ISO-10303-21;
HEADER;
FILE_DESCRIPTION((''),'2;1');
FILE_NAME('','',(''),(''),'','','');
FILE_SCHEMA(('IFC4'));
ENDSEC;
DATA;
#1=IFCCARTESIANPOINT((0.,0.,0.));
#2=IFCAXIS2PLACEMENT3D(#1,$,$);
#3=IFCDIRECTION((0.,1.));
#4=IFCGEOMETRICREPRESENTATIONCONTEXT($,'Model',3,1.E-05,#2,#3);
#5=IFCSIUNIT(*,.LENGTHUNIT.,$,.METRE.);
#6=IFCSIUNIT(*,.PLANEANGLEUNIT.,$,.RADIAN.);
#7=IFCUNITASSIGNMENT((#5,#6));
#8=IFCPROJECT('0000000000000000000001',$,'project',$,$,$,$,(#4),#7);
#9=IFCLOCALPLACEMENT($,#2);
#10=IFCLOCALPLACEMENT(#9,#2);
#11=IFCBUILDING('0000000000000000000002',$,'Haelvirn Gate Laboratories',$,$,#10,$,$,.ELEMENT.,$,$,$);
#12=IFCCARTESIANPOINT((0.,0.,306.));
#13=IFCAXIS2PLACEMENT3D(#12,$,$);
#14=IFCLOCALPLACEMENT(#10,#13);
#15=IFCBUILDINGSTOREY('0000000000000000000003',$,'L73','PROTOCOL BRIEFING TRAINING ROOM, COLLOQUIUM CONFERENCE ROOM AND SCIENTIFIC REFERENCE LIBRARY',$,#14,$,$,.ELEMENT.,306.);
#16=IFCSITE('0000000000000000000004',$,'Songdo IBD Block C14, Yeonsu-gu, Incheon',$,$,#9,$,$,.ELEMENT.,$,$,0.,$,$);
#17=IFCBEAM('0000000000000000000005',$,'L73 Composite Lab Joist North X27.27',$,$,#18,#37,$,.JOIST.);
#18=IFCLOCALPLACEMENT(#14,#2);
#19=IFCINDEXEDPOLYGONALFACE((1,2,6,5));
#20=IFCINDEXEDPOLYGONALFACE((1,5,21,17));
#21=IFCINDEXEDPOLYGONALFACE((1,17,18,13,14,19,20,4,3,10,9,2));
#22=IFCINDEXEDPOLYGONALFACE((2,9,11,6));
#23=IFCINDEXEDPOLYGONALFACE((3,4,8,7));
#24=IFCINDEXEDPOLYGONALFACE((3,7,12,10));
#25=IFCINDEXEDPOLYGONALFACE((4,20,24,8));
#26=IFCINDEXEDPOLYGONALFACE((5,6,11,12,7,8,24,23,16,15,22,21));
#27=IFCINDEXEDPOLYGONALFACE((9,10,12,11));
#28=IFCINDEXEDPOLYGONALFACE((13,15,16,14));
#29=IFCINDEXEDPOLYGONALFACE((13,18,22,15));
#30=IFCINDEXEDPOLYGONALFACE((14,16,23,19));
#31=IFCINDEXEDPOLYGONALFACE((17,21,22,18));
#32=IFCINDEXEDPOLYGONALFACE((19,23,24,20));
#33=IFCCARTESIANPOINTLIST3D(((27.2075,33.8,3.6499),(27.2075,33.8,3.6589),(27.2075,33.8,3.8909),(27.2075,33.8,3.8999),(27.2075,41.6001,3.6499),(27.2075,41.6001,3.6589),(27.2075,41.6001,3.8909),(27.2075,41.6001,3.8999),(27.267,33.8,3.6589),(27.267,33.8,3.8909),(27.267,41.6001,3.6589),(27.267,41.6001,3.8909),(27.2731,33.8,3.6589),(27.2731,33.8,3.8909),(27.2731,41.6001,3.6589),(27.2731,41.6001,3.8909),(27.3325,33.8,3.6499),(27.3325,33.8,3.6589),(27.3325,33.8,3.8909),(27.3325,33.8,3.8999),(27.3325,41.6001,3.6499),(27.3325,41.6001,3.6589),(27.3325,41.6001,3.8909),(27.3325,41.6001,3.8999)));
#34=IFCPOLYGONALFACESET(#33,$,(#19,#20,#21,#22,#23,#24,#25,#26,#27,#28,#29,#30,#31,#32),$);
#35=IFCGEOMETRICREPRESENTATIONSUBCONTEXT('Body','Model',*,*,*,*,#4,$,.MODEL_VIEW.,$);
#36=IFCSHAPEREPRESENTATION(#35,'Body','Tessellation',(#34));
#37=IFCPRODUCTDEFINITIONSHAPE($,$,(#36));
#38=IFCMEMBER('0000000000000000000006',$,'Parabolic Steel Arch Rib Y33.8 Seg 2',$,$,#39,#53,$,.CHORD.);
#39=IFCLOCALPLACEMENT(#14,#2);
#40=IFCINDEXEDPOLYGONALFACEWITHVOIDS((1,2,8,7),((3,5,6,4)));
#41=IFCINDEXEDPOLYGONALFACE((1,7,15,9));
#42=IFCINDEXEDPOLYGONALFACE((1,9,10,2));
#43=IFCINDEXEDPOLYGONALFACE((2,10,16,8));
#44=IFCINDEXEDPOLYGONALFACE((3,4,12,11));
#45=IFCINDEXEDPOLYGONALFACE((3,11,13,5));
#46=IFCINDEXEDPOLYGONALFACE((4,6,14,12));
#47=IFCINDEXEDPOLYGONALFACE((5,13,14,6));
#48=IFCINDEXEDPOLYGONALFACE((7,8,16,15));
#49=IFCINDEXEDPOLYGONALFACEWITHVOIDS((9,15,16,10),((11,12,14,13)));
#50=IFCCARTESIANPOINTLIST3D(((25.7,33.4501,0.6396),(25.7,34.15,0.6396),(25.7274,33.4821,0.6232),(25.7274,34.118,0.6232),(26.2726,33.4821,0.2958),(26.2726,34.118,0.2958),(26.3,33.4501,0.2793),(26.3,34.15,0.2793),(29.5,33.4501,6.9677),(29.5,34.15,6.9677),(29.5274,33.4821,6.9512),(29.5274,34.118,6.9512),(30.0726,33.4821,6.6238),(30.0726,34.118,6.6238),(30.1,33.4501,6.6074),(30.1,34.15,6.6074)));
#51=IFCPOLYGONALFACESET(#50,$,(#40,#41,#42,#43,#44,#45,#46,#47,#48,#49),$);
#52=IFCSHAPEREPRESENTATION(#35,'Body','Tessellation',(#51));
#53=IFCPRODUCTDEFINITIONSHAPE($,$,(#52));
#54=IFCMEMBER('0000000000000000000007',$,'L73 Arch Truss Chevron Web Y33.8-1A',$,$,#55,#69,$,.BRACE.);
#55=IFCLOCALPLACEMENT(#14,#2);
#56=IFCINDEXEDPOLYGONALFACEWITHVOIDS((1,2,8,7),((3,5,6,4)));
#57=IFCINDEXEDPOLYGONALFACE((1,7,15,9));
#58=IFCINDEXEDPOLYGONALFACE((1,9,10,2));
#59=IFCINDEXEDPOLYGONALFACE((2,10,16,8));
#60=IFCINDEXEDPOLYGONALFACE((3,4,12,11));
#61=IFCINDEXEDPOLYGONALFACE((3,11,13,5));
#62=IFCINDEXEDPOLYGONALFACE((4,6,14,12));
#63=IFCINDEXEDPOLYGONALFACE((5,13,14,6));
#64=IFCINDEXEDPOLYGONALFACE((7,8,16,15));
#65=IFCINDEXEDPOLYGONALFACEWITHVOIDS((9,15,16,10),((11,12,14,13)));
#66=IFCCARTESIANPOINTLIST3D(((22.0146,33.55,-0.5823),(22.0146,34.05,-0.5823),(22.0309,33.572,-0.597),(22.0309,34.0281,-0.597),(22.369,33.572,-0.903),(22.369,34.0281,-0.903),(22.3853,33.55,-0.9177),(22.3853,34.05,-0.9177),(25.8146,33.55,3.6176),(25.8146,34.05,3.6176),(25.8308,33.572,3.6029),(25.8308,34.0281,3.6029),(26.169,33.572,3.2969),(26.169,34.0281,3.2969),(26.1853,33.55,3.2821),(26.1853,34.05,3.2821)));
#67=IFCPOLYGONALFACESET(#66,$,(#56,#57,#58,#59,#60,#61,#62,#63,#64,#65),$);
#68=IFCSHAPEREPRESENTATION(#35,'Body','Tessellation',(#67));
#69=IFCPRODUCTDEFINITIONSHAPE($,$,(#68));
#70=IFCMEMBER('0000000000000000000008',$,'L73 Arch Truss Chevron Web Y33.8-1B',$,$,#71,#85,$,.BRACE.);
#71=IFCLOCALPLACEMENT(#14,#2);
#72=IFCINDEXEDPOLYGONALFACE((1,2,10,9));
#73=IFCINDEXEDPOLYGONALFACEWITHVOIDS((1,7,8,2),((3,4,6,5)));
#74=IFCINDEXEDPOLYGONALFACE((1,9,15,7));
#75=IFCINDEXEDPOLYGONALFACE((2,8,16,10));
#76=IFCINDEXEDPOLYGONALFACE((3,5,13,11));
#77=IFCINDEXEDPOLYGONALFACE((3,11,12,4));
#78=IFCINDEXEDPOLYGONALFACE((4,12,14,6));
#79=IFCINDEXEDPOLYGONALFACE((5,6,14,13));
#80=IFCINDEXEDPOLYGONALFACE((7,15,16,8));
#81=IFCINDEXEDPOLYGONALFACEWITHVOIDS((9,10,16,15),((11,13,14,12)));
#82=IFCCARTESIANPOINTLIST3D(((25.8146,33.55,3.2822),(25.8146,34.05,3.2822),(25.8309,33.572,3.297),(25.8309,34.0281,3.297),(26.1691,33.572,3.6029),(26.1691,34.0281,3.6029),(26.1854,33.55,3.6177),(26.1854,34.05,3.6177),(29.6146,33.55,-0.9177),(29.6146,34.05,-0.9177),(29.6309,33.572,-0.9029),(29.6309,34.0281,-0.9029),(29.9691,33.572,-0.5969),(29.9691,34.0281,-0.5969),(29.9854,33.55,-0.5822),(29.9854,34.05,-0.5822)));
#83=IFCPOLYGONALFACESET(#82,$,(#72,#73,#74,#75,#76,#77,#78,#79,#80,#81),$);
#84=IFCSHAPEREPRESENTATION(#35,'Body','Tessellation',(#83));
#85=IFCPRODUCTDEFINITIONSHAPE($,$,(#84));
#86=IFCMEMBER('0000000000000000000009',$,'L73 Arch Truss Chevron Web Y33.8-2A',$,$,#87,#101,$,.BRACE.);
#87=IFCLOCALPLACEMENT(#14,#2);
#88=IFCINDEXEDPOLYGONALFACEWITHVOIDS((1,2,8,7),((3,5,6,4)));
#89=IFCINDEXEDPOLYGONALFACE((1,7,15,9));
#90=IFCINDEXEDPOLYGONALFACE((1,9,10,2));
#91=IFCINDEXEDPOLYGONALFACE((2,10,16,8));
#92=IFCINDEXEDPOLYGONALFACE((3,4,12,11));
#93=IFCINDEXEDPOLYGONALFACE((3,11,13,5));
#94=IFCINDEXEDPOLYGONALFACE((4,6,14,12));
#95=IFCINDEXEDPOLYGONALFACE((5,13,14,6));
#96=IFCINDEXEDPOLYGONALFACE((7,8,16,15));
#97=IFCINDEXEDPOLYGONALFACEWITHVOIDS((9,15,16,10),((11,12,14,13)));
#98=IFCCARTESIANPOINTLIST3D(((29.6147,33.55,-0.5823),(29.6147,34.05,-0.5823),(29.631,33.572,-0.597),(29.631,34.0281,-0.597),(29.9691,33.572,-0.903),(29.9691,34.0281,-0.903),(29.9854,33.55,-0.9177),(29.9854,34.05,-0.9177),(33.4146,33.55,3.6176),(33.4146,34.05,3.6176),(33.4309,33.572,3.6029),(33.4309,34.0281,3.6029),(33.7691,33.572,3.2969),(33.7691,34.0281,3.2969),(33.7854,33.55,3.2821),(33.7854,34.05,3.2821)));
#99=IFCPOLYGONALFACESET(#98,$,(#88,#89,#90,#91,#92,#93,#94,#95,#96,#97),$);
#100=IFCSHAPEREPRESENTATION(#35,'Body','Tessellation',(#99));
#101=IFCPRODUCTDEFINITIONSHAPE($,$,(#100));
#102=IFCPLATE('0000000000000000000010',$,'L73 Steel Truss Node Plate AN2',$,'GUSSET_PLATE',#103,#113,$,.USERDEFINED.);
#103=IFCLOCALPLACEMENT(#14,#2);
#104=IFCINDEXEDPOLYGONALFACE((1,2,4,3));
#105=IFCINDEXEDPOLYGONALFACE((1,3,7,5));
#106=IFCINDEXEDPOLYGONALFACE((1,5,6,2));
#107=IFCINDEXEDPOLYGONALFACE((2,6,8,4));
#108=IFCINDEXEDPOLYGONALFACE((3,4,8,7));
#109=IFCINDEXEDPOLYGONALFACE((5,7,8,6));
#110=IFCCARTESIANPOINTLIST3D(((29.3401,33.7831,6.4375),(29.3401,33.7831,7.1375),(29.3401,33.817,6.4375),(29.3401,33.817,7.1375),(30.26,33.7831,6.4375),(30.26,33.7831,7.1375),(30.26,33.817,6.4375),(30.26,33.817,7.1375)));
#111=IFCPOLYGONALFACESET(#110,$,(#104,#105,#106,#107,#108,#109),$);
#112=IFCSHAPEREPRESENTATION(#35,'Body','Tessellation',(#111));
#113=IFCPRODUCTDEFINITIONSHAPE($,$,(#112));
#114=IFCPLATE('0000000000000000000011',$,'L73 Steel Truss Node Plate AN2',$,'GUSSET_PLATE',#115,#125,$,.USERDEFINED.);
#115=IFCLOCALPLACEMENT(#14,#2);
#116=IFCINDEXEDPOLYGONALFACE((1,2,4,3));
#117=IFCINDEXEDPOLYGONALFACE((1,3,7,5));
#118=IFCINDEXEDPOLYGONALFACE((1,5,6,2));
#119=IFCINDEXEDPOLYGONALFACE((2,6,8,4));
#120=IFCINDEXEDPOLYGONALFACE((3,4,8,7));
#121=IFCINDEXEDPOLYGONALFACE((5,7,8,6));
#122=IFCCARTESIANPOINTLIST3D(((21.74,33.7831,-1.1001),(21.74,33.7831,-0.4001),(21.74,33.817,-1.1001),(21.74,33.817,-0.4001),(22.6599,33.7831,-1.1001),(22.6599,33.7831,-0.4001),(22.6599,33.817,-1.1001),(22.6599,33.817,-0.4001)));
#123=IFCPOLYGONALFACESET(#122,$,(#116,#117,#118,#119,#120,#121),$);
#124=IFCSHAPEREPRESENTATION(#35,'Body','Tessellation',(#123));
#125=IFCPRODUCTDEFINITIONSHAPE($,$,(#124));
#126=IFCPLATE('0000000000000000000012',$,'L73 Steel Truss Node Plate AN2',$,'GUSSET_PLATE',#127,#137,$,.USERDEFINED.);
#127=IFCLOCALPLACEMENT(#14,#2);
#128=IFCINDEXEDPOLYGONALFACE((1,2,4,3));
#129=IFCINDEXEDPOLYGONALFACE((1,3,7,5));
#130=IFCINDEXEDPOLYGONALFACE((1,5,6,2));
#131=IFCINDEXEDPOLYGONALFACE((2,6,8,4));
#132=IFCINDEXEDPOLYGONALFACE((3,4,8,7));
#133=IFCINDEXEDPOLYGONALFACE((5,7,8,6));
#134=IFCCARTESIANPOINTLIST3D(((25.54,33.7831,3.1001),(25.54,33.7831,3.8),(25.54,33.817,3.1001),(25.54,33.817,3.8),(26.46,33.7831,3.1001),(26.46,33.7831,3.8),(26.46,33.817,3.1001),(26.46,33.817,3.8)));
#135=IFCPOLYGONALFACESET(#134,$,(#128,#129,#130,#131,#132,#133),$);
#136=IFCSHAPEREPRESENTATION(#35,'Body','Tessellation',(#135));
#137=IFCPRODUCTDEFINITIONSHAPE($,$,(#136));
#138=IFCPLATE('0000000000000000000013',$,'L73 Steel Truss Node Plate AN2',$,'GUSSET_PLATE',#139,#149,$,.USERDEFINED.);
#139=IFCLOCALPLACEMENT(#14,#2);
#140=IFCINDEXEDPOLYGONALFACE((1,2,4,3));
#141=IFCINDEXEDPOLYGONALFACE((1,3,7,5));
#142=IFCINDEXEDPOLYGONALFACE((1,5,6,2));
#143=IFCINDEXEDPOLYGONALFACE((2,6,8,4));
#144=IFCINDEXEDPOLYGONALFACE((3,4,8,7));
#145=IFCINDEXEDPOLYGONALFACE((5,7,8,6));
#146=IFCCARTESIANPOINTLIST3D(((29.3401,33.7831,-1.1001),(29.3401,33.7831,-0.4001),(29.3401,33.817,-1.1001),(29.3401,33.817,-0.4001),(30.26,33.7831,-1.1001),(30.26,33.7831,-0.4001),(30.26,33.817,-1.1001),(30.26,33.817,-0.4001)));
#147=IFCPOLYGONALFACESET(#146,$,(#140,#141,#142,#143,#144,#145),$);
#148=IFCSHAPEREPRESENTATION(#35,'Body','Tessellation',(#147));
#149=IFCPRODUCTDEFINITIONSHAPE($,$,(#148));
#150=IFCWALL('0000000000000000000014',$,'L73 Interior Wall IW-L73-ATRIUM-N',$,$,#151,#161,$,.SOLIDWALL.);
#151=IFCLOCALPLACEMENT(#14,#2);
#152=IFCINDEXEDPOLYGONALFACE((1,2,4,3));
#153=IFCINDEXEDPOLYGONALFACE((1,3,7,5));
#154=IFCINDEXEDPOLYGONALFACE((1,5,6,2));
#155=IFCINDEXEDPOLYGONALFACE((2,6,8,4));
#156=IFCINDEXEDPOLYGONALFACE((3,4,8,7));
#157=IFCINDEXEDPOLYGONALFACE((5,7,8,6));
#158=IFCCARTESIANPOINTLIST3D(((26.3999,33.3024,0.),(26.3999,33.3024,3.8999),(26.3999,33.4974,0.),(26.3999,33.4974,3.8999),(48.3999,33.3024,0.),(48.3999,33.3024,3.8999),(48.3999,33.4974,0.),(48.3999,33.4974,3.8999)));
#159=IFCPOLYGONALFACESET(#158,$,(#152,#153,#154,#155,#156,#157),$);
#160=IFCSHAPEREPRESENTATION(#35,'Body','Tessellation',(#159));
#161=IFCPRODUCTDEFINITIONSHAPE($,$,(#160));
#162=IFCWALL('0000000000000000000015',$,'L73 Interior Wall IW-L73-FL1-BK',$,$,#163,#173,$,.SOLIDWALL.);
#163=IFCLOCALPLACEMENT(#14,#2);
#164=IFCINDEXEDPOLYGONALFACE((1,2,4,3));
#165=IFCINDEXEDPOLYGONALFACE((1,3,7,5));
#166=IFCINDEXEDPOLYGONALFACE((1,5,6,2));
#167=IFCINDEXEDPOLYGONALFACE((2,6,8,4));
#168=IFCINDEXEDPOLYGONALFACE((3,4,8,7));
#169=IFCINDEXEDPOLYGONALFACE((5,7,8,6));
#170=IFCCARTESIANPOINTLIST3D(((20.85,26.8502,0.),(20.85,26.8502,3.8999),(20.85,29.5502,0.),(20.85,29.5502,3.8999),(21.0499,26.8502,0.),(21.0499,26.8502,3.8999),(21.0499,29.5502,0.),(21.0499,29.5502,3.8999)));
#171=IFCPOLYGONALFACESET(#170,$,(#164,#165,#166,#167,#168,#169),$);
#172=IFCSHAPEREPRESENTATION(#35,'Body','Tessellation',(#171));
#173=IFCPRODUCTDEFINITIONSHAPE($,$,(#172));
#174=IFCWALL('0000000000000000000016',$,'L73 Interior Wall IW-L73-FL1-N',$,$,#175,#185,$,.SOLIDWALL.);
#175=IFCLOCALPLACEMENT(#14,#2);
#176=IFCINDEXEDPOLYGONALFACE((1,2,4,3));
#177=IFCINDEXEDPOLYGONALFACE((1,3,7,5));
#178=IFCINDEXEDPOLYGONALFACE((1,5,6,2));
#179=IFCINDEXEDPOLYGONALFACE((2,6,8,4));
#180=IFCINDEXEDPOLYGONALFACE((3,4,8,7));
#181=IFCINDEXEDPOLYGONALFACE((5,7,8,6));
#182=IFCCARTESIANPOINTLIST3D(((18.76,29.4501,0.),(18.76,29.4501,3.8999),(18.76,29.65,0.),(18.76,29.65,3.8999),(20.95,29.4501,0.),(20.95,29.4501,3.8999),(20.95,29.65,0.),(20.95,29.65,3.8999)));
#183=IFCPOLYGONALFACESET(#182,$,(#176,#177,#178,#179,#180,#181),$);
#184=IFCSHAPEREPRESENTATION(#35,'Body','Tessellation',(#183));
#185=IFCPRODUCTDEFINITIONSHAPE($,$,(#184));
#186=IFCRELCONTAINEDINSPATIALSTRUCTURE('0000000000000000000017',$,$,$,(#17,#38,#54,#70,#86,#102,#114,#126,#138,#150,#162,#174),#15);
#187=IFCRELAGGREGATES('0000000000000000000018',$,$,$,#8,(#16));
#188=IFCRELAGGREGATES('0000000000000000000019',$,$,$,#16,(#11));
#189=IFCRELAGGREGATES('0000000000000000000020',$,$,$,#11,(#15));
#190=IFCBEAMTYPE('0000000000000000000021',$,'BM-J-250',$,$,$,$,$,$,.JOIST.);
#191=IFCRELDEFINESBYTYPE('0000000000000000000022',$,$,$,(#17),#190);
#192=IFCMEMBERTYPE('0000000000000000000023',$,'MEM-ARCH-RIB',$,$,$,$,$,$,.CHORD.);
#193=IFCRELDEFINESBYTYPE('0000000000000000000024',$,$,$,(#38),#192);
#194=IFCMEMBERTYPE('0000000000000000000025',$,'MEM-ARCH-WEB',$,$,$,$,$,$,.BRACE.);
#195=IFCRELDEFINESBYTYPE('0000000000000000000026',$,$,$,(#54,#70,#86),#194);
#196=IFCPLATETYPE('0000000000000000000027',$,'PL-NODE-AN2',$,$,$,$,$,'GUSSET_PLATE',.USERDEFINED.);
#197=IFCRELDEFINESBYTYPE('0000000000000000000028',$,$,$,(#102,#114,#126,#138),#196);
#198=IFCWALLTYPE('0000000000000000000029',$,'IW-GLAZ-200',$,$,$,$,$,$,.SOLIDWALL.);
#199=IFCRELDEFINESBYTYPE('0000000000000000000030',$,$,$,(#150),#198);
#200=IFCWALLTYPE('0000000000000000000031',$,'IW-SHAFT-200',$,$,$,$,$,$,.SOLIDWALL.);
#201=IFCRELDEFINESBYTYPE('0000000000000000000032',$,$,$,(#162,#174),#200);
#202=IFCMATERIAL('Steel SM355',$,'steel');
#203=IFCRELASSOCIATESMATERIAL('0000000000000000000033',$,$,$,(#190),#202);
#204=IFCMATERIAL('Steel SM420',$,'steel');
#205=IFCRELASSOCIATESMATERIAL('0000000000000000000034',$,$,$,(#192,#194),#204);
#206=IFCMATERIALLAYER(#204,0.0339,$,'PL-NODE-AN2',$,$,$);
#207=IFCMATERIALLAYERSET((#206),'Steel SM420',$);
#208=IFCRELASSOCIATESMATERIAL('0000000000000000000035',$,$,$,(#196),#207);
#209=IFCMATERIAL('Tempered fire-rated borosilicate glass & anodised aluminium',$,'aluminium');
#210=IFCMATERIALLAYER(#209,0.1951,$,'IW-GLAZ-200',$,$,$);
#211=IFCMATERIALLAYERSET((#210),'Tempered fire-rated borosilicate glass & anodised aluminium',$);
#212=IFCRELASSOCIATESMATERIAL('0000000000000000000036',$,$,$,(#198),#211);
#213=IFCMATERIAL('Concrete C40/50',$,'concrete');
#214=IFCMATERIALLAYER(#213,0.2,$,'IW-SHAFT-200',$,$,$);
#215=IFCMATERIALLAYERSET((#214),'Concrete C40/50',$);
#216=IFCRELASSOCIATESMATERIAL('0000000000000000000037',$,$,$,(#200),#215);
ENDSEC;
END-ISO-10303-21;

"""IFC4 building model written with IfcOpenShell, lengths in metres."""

from ifc_helpers import new_model, si_unit, direction, frame, frame_2d, origin, origin_2d, place, context, subcontext, project, spatial, rectangle, hollow_rectangle, i_section, extrude, source, transform, mapped, material, layer, layer_set, material_profile, profile_set, type_object, type_shapes, element, save


model = new_model("IFC4")

# Units and contexts
model_context = context("Model", 3, precision=1e-05, world=origin(), true_north=direction((0.0, 1.0)))
body_context = subcontext(model_context, "Body", "Model", "MODEL_VIEW")
ifc_project = project(units=[si_unit("LENGTHUNIT", "METRE"), si_unit("PLANEANGLEUNIT", "RADIAN")], contexts=[model_context])

# Site, building, storey
site_placement = place(None, origin())
site = spatial("IfcSite", under=ifc_project, at=site_placement, Name="Songdo IBD Block C14, Yeonsu-gu, Incheon", CompositionType="ELEMENT", RefElevation=0.0)
building_placement = place(site_placement, origin())
building = spatial("IfcBuilding", under=site, at=building_placement, Name="Haelvirn Gate Laboratories", CompositionType="ELEMENT")
storey_placement = place(building_placement, frame((0.0, 0.0, 306.0)))
storey = spatial("IfcBuildingStorey", under=building, at=storey_placement, Name="L73", Description="PROTOCOL BRIEFING TRAINING ROOM, COLLOQUIUM CONFERENCE ROOM AND SCIENTIFIC REFERENCE LIBRARY", CompositionType="ELEMENT", Elevation=306.0)

# Shared definitions
ifc_material_1 = material(Name="Steel SM355", Category="steel")

# Beam
ifc_material_2 = material(Name="Steel SM420", Category="steel")
ifc_material_profile_1 = material_profile(ifc_material_1, i_section(OverallWidth=0.125, OverallDepth=0.25, WebThickness=0.0061, FlangeThickness=0.009, at=origin_2d()), Name="H-250x125x6x9")
ifc_profile_set_1 = profile_set([ifc_material_profile_1], Name="Steel SM355")
beam_type_1 = type_object("IfcBeamType", Name="BM-J-250", PredefinedType="JOIST", material=ifc_profile_set_1)
shared_shape_1 = source(origin(), body_context, "Body", "SweptSolid", [
    extrude(i_section(OverallWidth=0.125, OverallDepth=0.25, WebThickness=0.0061, FlangeThickness=0.009, at=origin_2d()), origin(), (0.0, 0.0, 1.0), 7.8),
])
type_shapes(beam_type_1, [shared_shape_1])
for number, where, z_axis, x_axis, name in (
    (1, (27.27, 33.8, 3.7749), (0.0, 1.0, 0.0), (-1.0, 0.0, 0.0), "L73 Composite Lab Joist North X27.27"),
):
    element("IfcBeam", number, at=place(storey_placement, frame(where, z_axis=z_axis, x_axis=x_axis)), inside=storey, type_object=beam_type_1, Name=name, PredefinedType="JOIST", context=body_context, shape_type="MappedRepresentation", body=[
        mapped(shared_shape_1, transform((0.0, 0.0, 0.0), scale=1.0)),
    ])

# Members
ifc_material_profile_2 = material_profile(ifc_material_2, hollow_rectangle(XDim=0.7, YDim=0.7, WallThickness=0.032, at=origin_2d()), Name="BOX-700x700x32")
ifc_profile_set_2 = profile_set([ifc_material_profile_2], Name="Steel SM420")
member_type_1 = type_object("IfcMemberType", Name="MEM-ARCH-RIB", PredefinedType="CHORD", material=ifc_profile_set_2)
shared_shape_2 = source(origin(), body_context, "Body", "SweptSolid", [
    extrude(hollow_rectangle(XDim=0.7, YDim=0.7, WallThickness=0.032, at=origin_2d()), origin(), (0.0, 0.0, 1.0), 7.3813),
])
type_shapes(member_type_1, [shared_shape_2])
member_placement = place(storey_placement, frame((26.0, 33.8, 0.4595), z_axis=(0.514812, 0.0, 0.857303), x_axis=(0.0, 1.0, 0.0)))
element("IfcMember", 2, at=member_placement, inside=storey, type_object=member_type_1, Name="Parabolic Steel Arch Rib Y33.8 Seg 2", PredefinedType="CHORD", context=body_context, shape_type="MappedRepresentation", body=[
    mapped(shared_shape_2, transform((0.0, 0.0, 0.0), scale=1.0)),
])
ifc_material_profile_3 = material_profile(ifc_material_2, hollow_rectangle(XDim=0.5, YDim=0.5, WallThickness=0.022, at=origin_2d()), Name="BOX-500x500x22")
ifc_profile_set_3 = profile_set([ifc_material_profile_3], Name="Steel SM420")
member_type_2 = type_object("IfcMemberType", Name="MEM-ARCH-WEB", PredefinedType="BRACE", material=ifc_profile_set_3)
shared_shape_3 = source(origin(), body_context, "Body", "SweptSolid", [
    extrude(hollow_rectangle(XDim=0.5, YDim=0.5, WallThickness=0.022, at=origin_2d()), origin(), (0.0, 0.0, 1.0), 5.6638),
])
type_shapes(member_type_2, [shared_shape_3])
for number, where, z_axis, x_axis, name in (
    (3, (22.2, 33.8, -0.75), (0.670922, 0.0, 0.741528), (0.0, 1.0, 0.0), "L73 Arch Truss Chevron Web Y33.8-1A"),
    (4, (26.0, 33.8, 3.45), (0.670922, 0.0, -0.741528), (0.0, 1.0, 0.0), "L73 Arch Truss Chevron Web Y33.8-1B"),
    (5, (29.8, 33.8, -0.75), (0.670922, 0.0, 0.741528), (0.0, 1.0, 0.0), "L73 Arch Truss Chevron Web Y33.8-2A"),
):
    element("IfcMember", number, at=place(storey_placement, frame(where, z_axis=z_axis, x_axis=x_axis)), inside=storey, type_object=member_type_2, Name=name, PredefinedType="BRACE", context=body_context, shape_type="MappedRepresentation", body=[
        mapped(shared_shape_3, transform((0.0, 0.0, 0.0), scale=1.0)),
    ])

# Plates
ifc_layer_1 = layer(ifc_material_2, 0.0339, Name="PL-NODE-AN2")
ifc_layer_set_1 = layer_set([ifc_layer_1], Name="Steel SM420")
plate_type = type_object("IfcPlateType", Name="PL-NODE-AN2", ElementType="GUSSET_PLATE", PredefinedType="USERDEFINED", material=ifc_layer_set_1)
shared_shape_4 = source(origin(), body_context, "Body", "SweptSolid", [
    extrude(rectangle(XDim=0.9199, YDim=0.0339, at=origin_2d()), origin(), (0.0, 0.0, 1.0), 0.7),
])
type_shapes(plate_type, [shared_shape_4])
for number, where, z_axis, x_axis, name in (
    (6, (29.8, 33.8, 6.4375), (0.0, 0.0, 1.0), (1.0, 0.0, 0.0), "L73 Steel Truss Node Plate AN2"),
    (7, (22.2, 33.8, -1.1001), (0.0, 0.0, 1.0), (1.0, 0.0, 0.0), "L73 Steel Truss Node Plate AN2"),
    (8, (26.0, 33.8, 3.1001), (0.0, 0.0, 1.0), (1.0, 0.0, 0.0), "L73 Steel Truss Node Plate AN2"),
    (9, (29.8, 33.8, -1.1001), (0.0, 0.0, 1.0), (1.0, 0.0, 0.0), "L73 Steel Truss Node Plate AN2"),
):
    element("IfcPlate", number, at=place(storey_placement, frame(where, z_axis=z_axis, x_axis=x_axis)), inside=storey, type_object=plate_type, Name=name, ObjectType="GUSSET_PLATE", PredefinedType="USERDEFINED", context=body_context, shape_type="MappedRepresentation", body=[
        mapped(shared_shape_4, transform((0.0, 0.0, 0.0), scale=1.0)),
    ])

# Walls
ifc_material_3 = material(Name="Tempered fire-rated borosilicate glass & anodised aluminium", Category="aluminium")
ifc_layer_2 = layer(ifc_material_3, 0.1951, Name="IW-GLAZ-200")
ifc_layer_set_2 = layer_set([ifc_layer_2], Name="Tempered fire-rated borosilicate glass & anodised aluminium")
wall_type_1 = type_object("IfcWallType", Name="IW-GLAZ-200", PredefinedType="SOLIDWALL", material=ifc_layer_set_2)
wall_1_placement = place(storey_placement, frame((26.3999, 33.3999, 0.0), z_axis=(0.0, 0.0, 1.0), x_axis=(1.0, 0.0, 0.0)))
element("IfcWall", 10, at=wall_1_placement, inside=storey, type_object=wall_type_1, Name="L73 Interior Wall IW-L73-ATRIUM-N", PredefinedType="SOLIDWALL", context=body_context, shape_type="SweptSolid", body=[
    extrude(rectangle(XDim=22.0, YDim=0.1951, at=frame_2d((11.0, 0.0))), origin(), (0.0, 0.0, 1.0), 3.8999),
])
ifc_material_4 = material(Name="Concrete C40/50", Category="concrete")
ifc_layer_3 = layer(ifc_material_4, 0.2, Name="IW-SHAFT-200")
ifc_layer_set_3 = layer_set([ifc_layer_3], Name="Concrete C40/50")
wall_type_2 = type_object("IfcWallType", Name="IW-SHAFT-200", PredefinedType="SOLIDWALL", material=ifc_layer_set_3)
wall_2_placement = place(storey_placement, frame((20.95, 26.8501, 0.0), z_axis=(0.0, 0.0, 1.0), x_axis=(0.0, 1.0, 0.0)))
element("IfcWall", 11, at=wall_2_placement, inside=storey, type_object=wall_type_2, Name="L73 Interior Wall IW-L73-FL1-BK", PredefinedType="SOLIDWALL", context=body_context, shape_type="SweptSolid", body=[
    extrude(rectangle(XDim=2.7, YDim=0.2, at=frame_2d((1.3501, 0.0))), origin(), (0.0, 0.0, 1.0), 3.8999),
])
wall_3_placement = place(storey_placement, frame((18.76, 29.55, 0.0), z_axis=(0.0, 0.0, 1.0), x_axis=(1.0, 0.0, 0.0)))
element("IfcWall", 12, at=wall_3_placement, inside=storey, type_object=wall_type_2, Name="L73 Interior Wall IW-L73-FL1-N", PredefinedType="SOLIDWALL", context=body_context, shape_type="SweptSolid", body=[
    extrude(rectangle(XDim=2.1899, YDim=0.2, at=frame_2d((1.095, 0.0))), origin(), (0.0, 0.0, 1.0), 3.8999),
])

save(model, "model.ifc")
